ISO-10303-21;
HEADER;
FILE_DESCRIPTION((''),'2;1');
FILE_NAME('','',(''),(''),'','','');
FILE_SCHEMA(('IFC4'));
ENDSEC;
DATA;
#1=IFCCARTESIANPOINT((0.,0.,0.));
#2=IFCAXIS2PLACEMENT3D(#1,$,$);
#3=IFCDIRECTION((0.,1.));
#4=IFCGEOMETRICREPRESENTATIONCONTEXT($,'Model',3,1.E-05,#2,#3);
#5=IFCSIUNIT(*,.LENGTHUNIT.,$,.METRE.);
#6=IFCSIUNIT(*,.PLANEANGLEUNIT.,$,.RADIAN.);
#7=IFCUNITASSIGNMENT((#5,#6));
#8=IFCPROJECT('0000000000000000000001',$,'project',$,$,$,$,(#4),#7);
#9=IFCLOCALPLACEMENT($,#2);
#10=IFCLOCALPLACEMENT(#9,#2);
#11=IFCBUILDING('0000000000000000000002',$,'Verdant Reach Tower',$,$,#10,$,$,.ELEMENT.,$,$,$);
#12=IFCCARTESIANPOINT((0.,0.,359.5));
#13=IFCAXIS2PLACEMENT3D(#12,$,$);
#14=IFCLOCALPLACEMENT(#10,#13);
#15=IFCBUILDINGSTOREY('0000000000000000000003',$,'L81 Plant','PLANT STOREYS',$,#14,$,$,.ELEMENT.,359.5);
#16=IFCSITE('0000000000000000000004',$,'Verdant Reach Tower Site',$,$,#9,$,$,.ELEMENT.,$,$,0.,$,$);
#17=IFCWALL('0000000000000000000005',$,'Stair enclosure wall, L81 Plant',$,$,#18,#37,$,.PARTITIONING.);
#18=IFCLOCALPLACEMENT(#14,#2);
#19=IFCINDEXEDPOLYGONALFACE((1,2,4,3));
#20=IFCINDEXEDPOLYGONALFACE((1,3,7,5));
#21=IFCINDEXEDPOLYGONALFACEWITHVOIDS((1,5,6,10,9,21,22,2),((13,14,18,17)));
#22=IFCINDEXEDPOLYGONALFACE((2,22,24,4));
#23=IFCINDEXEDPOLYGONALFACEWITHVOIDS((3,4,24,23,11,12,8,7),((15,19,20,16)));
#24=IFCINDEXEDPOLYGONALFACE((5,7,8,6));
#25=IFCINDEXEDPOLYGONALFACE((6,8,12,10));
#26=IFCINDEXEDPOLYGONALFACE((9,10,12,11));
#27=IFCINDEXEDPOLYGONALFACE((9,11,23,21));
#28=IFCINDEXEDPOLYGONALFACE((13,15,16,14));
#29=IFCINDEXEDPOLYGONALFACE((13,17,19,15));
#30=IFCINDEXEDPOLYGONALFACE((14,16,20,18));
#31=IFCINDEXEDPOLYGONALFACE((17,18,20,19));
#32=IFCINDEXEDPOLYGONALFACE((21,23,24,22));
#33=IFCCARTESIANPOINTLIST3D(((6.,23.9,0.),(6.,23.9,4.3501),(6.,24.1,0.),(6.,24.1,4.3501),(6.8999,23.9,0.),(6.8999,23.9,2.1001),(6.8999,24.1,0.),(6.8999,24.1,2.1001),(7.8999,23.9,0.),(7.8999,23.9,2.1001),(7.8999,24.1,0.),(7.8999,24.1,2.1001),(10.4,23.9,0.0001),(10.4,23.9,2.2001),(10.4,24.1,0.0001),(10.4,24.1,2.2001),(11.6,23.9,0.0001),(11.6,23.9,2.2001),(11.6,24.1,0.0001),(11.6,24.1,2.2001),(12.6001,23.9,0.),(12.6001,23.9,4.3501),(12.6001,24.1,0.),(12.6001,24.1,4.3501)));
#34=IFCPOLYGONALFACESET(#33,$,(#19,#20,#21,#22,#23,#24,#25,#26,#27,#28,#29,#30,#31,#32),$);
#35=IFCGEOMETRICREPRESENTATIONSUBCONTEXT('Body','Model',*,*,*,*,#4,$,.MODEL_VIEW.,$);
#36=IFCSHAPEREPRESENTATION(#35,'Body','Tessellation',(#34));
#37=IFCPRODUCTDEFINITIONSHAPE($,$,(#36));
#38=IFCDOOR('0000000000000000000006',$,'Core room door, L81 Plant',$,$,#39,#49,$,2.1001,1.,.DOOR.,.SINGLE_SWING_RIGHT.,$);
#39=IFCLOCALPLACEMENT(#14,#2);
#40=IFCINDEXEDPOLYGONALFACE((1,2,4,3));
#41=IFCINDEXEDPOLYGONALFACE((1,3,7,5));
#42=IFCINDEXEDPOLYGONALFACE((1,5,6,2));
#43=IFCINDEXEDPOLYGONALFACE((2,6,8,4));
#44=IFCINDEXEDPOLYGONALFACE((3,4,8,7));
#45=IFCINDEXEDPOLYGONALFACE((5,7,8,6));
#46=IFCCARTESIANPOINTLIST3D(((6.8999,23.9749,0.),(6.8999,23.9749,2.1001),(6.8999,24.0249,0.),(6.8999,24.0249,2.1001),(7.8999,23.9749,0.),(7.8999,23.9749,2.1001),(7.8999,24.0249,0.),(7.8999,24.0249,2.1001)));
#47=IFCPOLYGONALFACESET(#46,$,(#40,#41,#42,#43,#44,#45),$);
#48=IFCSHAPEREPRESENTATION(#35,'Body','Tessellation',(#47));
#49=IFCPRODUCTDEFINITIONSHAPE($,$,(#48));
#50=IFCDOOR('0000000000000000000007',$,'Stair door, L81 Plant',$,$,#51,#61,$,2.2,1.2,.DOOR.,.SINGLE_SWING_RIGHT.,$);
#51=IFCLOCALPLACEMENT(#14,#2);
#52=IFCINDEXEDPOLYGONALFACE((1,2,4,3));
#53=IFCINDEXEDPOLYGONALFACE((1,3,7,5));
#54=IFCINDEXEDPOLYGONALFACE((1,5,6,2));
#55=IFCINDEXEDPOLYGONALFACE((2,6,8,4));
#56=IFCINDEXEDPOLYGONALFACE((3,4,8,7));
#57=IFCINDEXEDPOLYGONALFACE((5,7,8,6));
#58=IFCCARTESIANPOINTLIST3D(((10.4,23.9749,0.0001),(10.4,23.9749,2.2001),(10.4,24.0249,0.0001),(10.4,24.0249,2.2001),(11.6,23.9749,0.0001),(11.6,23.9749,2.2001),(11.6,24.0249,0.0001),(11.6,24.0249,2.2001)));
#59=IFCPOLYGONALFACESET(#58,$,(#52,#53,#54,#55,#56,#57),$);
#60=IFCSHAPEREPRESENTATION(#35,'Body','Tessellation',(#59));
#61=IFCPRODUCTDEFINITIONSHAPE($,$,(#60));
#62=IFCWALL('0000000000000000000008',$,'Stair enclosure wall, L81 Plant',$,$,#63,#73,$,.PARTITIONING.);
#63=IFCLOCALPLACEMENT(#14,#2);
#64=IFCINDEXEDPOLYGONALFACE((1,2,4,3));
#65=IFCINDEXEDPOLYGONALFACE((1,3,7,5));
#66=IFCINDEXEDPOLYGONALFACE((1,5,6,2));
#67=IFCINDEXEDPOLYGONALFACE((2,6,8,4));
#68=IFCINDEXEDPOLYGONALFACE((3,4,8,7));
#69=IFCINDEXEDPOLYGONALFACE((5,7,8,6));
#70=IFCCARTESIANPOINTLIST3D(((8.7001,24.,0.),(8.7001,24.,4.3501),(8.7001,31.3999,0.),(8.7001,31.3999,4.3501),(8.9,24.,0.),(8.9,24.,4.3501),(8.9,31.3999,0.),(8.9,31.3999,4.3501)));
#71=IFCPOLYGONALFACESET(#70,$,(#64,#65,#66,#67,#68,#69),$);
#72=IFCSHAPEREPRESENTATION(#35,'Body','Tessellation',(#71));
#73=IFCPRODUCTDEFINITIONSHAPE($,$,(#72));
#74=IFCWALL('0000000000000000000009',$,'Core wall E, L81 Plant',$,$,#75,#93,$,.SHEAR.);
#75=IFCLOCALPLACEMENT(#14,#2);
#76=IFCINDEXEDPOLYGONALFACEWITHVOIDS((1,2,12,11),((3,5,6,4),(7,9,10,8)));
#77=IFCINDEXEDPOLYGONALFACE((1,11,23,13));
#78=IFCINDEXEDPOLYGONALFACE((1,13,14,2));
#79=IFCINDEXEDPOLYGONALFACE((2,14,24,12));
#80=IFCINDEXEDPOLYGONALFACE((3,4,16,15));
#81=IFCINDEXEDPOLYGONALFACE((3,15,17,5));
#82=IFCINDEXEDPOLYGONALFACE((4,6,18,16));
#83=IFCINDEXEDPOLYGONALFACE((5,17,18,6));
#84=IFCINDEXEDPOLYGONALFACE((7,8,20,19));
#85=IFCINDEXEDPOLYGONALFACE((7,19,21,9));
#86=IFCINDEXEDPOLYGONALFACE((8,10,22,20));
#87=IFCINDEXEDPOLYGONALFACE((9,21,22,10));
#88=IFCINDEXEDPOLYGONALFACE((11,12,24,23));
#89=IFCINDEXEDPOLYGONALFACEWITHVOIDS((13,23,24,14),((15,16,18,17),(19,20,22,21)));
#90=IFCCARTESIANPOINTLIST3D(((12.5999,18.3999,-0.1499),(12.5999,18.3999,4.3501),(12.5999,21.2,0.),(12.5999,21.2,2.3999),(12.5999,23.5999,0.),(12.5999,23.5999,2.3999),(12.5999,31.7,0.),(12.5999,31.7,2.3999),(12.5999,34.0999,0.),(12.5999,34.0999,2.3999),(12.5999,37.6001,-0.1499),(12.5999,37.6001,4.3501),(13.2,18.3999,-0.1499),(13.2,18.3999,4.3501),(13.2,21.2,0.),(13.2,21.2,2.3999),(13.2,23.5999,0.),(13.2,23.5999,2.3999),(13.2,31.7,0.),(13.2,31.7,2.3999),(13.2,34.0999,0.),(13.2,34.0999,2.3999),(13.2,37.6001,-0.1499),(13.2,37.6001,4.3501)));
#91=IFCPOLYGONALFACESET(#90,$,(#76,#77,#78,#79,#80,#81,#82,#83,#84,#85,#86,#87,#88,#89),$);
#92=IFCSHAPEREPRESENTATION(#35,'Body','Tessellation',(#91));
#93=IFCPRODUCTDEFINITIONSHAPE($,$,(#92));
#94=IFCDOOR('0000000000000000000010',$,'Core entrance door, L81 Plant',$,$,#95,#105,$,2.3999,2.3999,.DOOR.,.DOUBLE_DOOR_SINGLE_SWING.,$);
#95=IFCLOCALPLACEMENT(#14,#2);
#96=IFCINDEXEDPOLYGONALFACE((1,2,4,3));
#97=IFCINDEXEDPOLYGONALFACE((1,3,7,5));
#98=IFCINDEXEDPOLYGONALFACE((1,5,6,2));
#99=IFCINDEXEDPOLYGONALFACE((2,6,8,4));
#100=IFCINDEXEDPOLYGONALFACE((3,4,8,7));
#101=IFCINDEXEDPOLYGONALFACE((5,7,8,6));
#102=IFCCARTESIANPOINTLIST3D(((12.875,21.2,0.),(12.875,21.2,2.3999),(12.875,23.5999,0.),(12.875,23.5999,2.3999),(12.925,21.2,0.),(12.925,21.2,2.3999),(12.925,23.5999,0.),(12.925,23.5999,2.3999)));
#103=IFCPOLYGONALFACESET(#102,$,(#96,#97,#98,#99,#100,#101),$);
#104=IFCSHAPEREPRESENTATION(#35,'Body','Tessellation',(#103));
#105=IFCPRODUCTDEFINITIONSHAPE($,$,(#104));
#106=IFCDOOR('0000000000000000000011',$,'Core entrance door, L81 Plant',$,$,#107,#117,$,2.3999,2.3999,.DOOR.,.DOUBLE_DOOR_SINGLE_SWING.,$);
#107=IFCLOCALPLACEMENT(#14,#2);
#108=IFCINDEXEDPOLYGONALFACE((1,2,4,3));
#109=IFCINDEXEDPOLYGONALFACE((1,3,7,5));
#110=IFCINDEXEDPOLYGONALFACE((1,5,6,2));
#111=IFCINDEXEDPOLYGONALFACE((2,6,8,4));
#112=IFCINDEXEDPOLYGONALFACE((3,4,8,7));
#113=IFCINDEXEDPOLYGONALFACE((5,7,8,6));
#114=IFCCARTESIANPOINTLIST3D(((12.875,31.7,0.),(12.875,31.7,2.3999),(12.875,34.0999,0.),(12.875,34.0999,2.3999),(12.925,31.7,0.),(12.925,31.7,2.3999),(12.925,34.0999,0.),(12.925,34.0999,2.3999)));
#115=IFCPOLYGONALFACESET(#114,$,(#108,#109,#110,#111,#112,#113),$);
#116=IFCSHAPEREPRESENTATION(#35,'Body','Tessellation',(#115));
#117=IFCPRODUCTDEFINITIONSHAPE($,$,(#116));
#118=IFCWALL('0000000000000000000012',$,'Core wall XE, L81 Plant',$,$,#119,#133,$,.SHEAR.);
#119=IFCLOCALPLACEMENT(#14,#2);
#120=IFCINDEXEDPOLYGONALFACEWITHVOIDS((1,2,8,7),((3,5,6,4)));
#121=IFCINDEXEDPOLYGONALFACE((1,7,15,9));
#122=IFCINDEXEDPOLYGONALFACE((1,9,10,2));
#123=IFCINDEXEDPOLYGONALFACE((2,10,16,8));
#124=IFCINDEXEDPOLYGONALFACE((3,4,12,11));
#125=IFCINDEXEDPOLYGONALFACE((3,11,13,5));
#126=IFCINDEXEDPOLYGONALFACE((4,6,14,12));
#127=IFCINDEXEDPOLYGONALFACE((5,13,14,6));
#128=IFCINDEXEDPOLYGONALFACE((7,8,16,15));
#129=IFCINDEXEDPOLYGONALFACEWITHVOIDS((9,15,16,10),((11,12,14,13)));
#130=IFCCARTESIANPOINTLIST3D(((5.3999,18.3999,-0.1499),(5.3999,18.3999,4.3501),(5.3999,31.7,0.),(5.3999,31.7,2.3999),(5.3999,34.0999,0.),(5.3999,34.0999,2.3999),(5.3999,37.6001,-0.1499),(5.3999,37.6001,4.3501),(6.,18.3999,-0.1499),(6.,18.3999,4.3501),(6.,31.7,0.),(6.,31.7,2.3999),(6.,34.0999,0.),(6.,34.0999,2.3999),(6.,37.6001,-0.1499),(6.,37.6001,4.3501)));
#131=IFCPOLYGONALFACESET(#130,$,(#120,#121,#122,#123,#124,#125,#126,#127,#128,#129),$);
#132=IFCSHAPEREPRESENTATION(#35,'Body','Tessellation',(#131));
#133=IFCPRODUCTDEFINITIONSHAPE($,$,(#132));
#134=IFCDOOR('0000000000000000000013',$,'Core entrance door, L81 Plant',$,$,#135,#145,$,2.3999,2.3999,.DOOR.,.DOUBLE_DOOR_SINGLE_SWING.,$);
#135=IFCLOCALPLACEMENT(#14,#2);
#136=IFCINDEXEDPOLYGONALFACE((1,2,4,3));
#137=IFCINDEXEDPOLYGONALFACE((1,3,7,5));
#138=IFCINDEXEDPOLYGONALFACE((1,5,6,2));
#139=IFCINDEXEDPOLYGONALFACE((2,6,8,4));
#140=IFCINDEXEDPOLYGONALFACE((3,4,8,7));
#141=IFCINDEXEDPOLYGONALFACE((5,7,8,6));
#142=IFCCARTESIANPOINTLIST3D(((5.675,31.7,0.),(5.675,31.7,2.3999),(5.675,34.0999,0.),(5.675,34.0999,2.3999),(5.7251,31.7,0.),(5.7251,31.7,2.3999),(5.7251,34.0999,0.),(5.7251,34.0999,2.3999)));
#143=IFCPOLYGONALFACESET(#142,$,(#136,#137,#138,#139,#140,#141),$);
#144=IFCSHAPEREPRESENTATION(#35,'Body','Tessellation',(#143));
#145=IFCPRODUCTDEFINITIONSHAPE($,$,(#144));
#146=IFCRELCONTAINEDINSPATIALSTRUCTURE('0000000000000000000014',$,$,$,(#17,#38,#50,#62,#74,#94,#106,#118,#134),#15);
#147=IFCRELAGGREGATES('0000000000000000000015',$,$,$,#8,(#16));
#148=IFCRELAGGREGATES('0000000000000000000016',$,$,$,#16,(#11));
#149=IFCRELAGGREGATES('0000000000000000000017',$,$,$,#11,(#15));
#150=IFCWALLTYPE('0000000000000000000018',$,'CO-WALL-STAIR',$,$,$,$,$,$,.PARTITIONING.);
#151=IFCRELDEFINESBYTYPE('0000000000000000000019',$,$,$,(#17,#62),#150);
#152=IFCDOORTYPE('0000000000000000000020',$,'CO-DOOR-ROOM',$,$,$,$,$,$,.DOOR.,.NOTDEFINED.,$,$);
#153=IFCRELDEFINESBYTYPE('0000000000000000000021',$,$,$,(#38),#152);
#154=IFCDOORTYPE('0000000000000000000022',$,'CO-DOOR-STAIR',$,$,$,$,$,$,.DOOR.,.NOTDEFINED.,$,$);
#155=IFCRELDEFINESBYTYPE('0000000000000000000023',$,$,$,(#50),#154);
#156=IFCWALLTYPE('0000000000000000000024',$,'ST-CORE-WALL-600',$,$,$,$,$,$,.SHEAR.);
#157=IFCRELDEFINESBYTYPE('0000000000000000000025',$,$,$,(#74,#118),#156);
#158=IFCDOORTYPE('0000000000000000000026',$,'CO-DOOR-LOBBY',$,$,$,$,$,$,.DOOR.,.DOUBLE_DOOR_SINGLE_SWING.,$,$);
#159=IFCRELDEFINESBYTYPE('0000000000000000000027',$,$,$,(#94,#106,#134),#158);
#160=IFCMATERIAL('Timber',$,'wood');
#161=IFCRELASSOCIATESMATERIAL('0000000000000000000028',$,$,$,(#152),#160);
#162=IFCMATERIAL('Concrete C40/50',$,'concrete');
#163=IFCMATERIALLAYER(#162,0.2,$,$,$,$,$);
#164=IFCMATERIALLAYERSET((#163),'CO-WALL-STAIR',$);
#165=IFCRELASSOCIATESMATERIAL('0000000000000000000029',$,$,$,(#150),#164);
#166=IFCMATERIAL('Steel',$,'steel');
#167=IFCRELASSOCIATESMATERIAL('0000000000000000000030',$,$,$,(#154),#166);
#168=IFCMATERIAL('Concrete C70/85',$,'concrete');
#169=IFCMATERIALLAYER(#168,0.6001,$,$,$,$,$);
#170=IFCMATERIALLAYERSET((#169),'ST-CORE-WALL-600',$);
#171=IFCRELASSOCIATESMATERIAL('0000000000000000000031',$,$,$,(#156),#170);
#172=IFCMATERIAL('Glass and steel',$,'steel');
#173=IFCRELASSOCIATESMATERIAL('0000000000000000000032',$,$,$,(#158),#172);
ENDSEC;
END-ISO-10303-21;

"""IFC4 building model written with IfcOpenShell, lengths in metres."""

from ifc_helpers import new_model, si_unit, direction, frame, frame_2d, origin, place, context, subcontext, project, spatial, rectangle, extrude, material, layer, layer_set, type_object, element, fill, save


model = new_model("IFC4")

# Units and contexts
model_context = context("Model", 3, precision=1e-05, world=origin(), true_north=direction((0.0, 1.0)))
body_context = subcontext(model_context, "Body", "Model", "MODEL_VIEW")
ifc_project = project(units=[si_unit("LENGTHUNIT", "METRE"), si_unit("PLANEANGLEUNIT", "RADIAN")], contexts=[model_context])

# Site, building, storey
site_placement = place(None, origin())
site = spatial("IfcSite", under=ifc_project, at=site_placement, Name="Verdant Reach Tower Site", CompositionType="ELEMENT", RefElevation=0.0)
building_placement = place(site_placement, origin())
building = spatial("IfcBuilding", under=site, at=building_placement, Name="Verdant Reach Tower", CompositionType="ELEMENT")
storey_placement = place(building_placement, frame((0.0, 0.0, 359.5)))
storey = spatial("IfcBuildingStorey", under=building, at=storey_placement, Name="L81 Plant", Description="PLANT STOREYS", CompositionType="ELEMENT", Elevation=359.5)

# Shared definitions
ifc_material_1 = material(Name="Timber", Category="wood")
door_type_1 = type_object("IfcDoorType", Name="CO-DOOR-ROOM", OperationType="NOTDEFINED", PredefinedType="DOOR", material=ifc_material_1)

# Wall, openings, doors
ifc_material_2 = material(Name="Concrete C40/50", Category="concrete")
ifc_layer_1 = layer(ifc_material_2, 0.2)
ifc_layer_set_1 = layer_set([ifc_layer_1], Name="CO-WALL-STAIR")
wall_type_1 = type_object("IfcWallType", Name="CO-WALL-STAIR", PredefinedType="PARTITIONING", material=ifc_layer_set_1)
wall_1_placement = place(storey_placement, frame((6.0, 24.0, 0.0), z_axis=(0.0, 0.0, 1.0), x_axis=(1.0, 0.0, 0.0)))
wall_1 = element("IfcWall", 1, at=wall_1_placement, inside=storey, type_object=wall_type_1, Name="Stair enclosure wall, L81 Plant", PredefinedType="PARTITIONING", context=body_context, shape_type="SweptSolid", body=[
    extrude(rectangle(XDim=6.6001, YDim=0.2, at=frame_2d((3.3, 0.0))), origin(), (0.0, 0.0, 1.0), 4.3501),
])
opening_1_placement = place(wall_1_placement, frame((0.8999, 0.0, 0.0)))
opening_1 = element("IfcOpeningElement", 2, at=opening_1_placement, cuts=wall_1, PredefinedType="OPENING", context=body_context, shape_type="SweptSolid", body=[
    extrude(rectangle(XDim=1.0, YDim=2.1001, at=frame_2d((0.5, 1.05))), frame((0.0, 0.1099, 0.0), z_axis=(0.0, -1.0, 0.0), x_axis=(1.0, 0.0, 0.0)), (0.0, 0.0, 1.0), 0.22),
])
opening_2_placement = place(wall_1_placement, frame((4.3999, 0.0, 0.0)))
opening_2 = element("IfcOpeningElement", 3, at=opening_2_placement, cuts=wall_1, PredefinedType="OPENING", context=body_context, shape_type="SweptSolid", body=[
    extrude(rectangle(XDim=1.2, YDim=2.2, at=frame_2d((0.6001, 1.1001))), frame((0.0, 0.1099, 0.0), z_axis=(0.0, -1.0, 0.0), x_axis=(1.0, 0.0, 0.0)), (0.0, 0.0, 1.0), 0.22),
])
door_1_placement = place(opening_1_placement, origin())
door_1 = element("IfcDoor", 4, at=door_1_placement, inside=storey, type_object=door_type_1, Name="Core room door, L81 Plant", OperationType="SINGLE_SWING_RIGHT", OverallHeight=2.1001, OverallWidth=1.0, PredefinedType="DOOR", context=body_context, shape_type="SweptSolid", body=[
    extrude(rectangle(XDim=1.0, YDim=2.1001, at=frame_2d((0.5, 1.05))), frame((0.0, 0.0249, 0.0), z_axis=(0.0, -1.0, 0.0), x_axis=(1.0, 0.0, 0.0)), (0.0, 0.0, 1.0), 0.05),
])
fill(opening_1, door_1)
ifc_material_3 = material(Name="Steel", Category="steel")
door_type_2 = type_object("IfcDoorType", Name="CO-DOOR-STAIR", OperationType="NOTDEFINED", PredefinedType="DOOR", material=ifc_material_3)
door_2_placement = place(opening_2_placement, origin())
door_2 = element("IfcDoor", 5, at=door_2_placement, inside=storey, type_object=door_type_2, Name="Stair door, L81 Plant", OperationType="SINGLE_SWING_RIGHT", OverallHeight=2.2, OverallWidth=1.2, PredefinedType="DOOR", context=body_context, shape_type="SweptSolid", body=[
    extrude(rectangle(XDim=1.2, YDim=2.2, at=frame_2d((0.6001, 1.1001))), frame((0.0, 0.0249, 0.0), z_axis=(0.0, -1.0, 0.0), x_axis=(1.0, 0.0, 0.0)), (0.0, 0.0, 1.0), 0.05),
])
fill(opening_2, door_2)

# Wall
wall_2_placement = place(storey_placement, frame((8.8, 24.0, 0.0), z_axis=(0.0, 0.0, 1.0), x_axis=(0.0, 1.0, 0.0)))
element("IfcWall", 6, at=wall_2_placement, inside=storey, type_object=wall_type_1, Name="Stair enclosure wall, L81 Plant", PredefinedType="PARTITIONING", context=body_context, shape_type="SweptSolid", body=[
    extrude(rectangle(XDim=7.3999, YDim=0.2, at=frame_2d((3.7, 0.0))), origin(), (0.0, 0.0, 1.0), 4.3501),
])

# Wall, openings, doors
ifc_material_4 = material(Name="Concrete C70/85", Category="concrete")
ifc_layer_2 = layer(ifc_material_4, 0.6001)
ifc_layer_set_2 = layer_set([ifc_layer_2], Name="ST-CORE-WALL-600")
wall_type_2 = type_object("IfcWallType", Name="ST-CORE-WALL-600", PredefinedType="SHEAR", material=ifc_layer_set_2)
wall_3_placement = place(storey_placement, frame((12.8999, 18.3999, -0.1499), z_axis=(0.0, 0.0, 1.0), x_axis=(0.0, 1.0, 0.0)))
wall_3 = element("IfcWall", 7, at=wall_3_placement, inside=storey, type_object=wall_type_2, Name="Core wall E, L81 Plant", PredefinedType="SHEAR", context=body_context, shape_type="SweptSolid", body=[
    extrude(rectangle(XDim=19.2002, YDim=0.6001, at=frame_2d((9.6001, 0.0))), origin(), (0.0, 0.0, 1.0), 4.5),
])
opening_3_placement = place(wall_3_placement, frame((2.8, 0.0, 0.1499)))
opening_3 = element("IfcOpeningElement", 8, at=opening_3_placement, cuts=wall_3, PredefinedType="OPENING", context=body_context, shape_type="SweptSolid", body=[
    extrude(rectangle(XDim=2.3999, YDim=2.3999, at=frame_2d((1.2, 1.2))), frame((0.0, 0.3101, 0.0), z_axis=(0.0, -1.0, 0.0), x_axis=(1.0, 0.0, 0.0)), (0.0, 0.0, 1.0), 0.6201),
])
opening_4_placement = place(wall_3_placement, frame((13.3, 0.0, 0.1499)))
opening_4 = element("IfcOpeningElement", 9, at=opening_4_placement, cuts=wall_3, PredefinedType="OPENING", context=body_context, shape_type="SweptSolid", body=[
    extrude(rectangle(XDim=2.3999, YDim=2.3999, at=frame_2d((1.2, 1.2))), frame((0.0, 0.3101, 0.0), z_axis=(0.0, -1.0, 0.0), x_axis=(1.0, 0.0, 0.0)), (0.0, 0.0, 1.0), 0.6201),
])
ifc_material_5 = material(Name="Glass and steel", Category="steel")
door_type_3 = type_object("IfcDoorType", Name="CO-DOOR-LOBBY", OperationType="DOUBLE_DOOR_SINGLE_SWING", PredefinedType="DOOR", material=ifc_material_5)
door_3_placement = place(opening_3_placement, origin())
door_3 = element("IfcDoor", 10, at=door_3_placement, inside=storey, type_object=door_type_3, Name="Core entrance door, L81 Plant", OperationType="DOUBLE_DOOR_SINGLE_SWING", OverallHeight=2.3999, OverallWidth=2.3999, PredefinedType="DOOR", context=body_context, shape_type="SweptSolid", body=[
    extrude(rectangle(XDim=2.3999, YDim=2.3999, at=frame_2d((1.2, 1.2))), frame((0.0, 0.0249, 0.0), z_axis=(0.0, -1.0, 0.0), x_axis=(1.0, 0.0, 0.0)), (0.0, 0.0, 1.0), 0.05),
])
fill(opening_3, door_3)
door_4_placement = place(opening_4_placement, origin())
door_4 = element("IfcDoor", 11, at=door_4_placement, inside=storey, type_object=door_type_3, Name="Core entrance door, L81 Plant", OperationType="DOUBLE_DOOR_SINGLE_SWING", OverallHeight=2.3999, OverallWidth=2.3999, PredefinedType="DOOR", context=body_context, shape_type="SweptSolid", body=[
    extrude(rectangle(XDim=2.3999, YDim=2.3999, at=frame_2d((1.2, 1.2))), frame((0.0, 0.0249, 0.0), z_axis=(0.0, -1.0, 0.0), x_axis=(1.0, 0.0, 0.0)), (0.0, 0.0, 1.0), 0.05),
])
fill(opening_4, door_4)

# Wall, opening, door
wall_4_placement = place(storey_placement, frame((5.7, 18.3999, -0.1499), z_axis=(0.0, 0.0, 1.0), x_axis=(0.0, 1.0, 0.0)))
wall_4 = element("IfcWall", 12, at=wall_4_placement, inside=storey, type_object=wall_type_2, Name="Core wall XE, L81 Plant", PredefinedType="SHEAR", context=body_context, shape_type="SweptSolid", body=[
    extrude(rectangle(XDim=19.2002, YDim=0.6001, at=frame_2d((9.6001, 0.0))), origin(), (0.0, 0.0, 1.0), 4.5),
])
opening_5_placement = place(wall_4_placement, frame((13.3, 0.0, 0.1499)))
opening_5 = element("IfcOpeningElement", 13, at=opening_5_placement, cuts=wall_4, PredefinedType="OPENING", context=body_context, shape_type="SweptSolid", body=[
    extrude(rectangle(XDim=2.3999, YDim=2.3999, at=frame_2d((1.2, 1.2))), frame((0.0, 0.3101, 0.0), z_axis=(0.0, -1.0, 0.0), x_axis=(1.0, 0.0, 0.0)), (0.0, 0.0, 1.0), 0.6201),
])
door_5_placement = place(opening_5_placement, origin())
door_5 = element("IfcDoor", 14, at=door_5_placement, inside=storey, type_object=door_type_3, Name="Core entrance door, L81 Plant", OperationType="DOUBLE_DOOR_SINGLE_SWING", OverallHeight=2.3999, OverallWidth=2.3999, PredefinedType="DOOR", context=body_context, shape_type="SweptSolid", body=[
    extrude(rectangle(XDim=2.3999, YDim=2.3999, at=frame_2d((1.2, 1.2))), frame((0.0, 0.0249, 0.0), z_axis=(0.0, -1.0, 0.0), x_axis=(1.0, 0.0, 0.0)), (0.0, 0.0, 1.0), 0.05),
])
fill(opening_5, door_5)

save(model, "model.ifc")
